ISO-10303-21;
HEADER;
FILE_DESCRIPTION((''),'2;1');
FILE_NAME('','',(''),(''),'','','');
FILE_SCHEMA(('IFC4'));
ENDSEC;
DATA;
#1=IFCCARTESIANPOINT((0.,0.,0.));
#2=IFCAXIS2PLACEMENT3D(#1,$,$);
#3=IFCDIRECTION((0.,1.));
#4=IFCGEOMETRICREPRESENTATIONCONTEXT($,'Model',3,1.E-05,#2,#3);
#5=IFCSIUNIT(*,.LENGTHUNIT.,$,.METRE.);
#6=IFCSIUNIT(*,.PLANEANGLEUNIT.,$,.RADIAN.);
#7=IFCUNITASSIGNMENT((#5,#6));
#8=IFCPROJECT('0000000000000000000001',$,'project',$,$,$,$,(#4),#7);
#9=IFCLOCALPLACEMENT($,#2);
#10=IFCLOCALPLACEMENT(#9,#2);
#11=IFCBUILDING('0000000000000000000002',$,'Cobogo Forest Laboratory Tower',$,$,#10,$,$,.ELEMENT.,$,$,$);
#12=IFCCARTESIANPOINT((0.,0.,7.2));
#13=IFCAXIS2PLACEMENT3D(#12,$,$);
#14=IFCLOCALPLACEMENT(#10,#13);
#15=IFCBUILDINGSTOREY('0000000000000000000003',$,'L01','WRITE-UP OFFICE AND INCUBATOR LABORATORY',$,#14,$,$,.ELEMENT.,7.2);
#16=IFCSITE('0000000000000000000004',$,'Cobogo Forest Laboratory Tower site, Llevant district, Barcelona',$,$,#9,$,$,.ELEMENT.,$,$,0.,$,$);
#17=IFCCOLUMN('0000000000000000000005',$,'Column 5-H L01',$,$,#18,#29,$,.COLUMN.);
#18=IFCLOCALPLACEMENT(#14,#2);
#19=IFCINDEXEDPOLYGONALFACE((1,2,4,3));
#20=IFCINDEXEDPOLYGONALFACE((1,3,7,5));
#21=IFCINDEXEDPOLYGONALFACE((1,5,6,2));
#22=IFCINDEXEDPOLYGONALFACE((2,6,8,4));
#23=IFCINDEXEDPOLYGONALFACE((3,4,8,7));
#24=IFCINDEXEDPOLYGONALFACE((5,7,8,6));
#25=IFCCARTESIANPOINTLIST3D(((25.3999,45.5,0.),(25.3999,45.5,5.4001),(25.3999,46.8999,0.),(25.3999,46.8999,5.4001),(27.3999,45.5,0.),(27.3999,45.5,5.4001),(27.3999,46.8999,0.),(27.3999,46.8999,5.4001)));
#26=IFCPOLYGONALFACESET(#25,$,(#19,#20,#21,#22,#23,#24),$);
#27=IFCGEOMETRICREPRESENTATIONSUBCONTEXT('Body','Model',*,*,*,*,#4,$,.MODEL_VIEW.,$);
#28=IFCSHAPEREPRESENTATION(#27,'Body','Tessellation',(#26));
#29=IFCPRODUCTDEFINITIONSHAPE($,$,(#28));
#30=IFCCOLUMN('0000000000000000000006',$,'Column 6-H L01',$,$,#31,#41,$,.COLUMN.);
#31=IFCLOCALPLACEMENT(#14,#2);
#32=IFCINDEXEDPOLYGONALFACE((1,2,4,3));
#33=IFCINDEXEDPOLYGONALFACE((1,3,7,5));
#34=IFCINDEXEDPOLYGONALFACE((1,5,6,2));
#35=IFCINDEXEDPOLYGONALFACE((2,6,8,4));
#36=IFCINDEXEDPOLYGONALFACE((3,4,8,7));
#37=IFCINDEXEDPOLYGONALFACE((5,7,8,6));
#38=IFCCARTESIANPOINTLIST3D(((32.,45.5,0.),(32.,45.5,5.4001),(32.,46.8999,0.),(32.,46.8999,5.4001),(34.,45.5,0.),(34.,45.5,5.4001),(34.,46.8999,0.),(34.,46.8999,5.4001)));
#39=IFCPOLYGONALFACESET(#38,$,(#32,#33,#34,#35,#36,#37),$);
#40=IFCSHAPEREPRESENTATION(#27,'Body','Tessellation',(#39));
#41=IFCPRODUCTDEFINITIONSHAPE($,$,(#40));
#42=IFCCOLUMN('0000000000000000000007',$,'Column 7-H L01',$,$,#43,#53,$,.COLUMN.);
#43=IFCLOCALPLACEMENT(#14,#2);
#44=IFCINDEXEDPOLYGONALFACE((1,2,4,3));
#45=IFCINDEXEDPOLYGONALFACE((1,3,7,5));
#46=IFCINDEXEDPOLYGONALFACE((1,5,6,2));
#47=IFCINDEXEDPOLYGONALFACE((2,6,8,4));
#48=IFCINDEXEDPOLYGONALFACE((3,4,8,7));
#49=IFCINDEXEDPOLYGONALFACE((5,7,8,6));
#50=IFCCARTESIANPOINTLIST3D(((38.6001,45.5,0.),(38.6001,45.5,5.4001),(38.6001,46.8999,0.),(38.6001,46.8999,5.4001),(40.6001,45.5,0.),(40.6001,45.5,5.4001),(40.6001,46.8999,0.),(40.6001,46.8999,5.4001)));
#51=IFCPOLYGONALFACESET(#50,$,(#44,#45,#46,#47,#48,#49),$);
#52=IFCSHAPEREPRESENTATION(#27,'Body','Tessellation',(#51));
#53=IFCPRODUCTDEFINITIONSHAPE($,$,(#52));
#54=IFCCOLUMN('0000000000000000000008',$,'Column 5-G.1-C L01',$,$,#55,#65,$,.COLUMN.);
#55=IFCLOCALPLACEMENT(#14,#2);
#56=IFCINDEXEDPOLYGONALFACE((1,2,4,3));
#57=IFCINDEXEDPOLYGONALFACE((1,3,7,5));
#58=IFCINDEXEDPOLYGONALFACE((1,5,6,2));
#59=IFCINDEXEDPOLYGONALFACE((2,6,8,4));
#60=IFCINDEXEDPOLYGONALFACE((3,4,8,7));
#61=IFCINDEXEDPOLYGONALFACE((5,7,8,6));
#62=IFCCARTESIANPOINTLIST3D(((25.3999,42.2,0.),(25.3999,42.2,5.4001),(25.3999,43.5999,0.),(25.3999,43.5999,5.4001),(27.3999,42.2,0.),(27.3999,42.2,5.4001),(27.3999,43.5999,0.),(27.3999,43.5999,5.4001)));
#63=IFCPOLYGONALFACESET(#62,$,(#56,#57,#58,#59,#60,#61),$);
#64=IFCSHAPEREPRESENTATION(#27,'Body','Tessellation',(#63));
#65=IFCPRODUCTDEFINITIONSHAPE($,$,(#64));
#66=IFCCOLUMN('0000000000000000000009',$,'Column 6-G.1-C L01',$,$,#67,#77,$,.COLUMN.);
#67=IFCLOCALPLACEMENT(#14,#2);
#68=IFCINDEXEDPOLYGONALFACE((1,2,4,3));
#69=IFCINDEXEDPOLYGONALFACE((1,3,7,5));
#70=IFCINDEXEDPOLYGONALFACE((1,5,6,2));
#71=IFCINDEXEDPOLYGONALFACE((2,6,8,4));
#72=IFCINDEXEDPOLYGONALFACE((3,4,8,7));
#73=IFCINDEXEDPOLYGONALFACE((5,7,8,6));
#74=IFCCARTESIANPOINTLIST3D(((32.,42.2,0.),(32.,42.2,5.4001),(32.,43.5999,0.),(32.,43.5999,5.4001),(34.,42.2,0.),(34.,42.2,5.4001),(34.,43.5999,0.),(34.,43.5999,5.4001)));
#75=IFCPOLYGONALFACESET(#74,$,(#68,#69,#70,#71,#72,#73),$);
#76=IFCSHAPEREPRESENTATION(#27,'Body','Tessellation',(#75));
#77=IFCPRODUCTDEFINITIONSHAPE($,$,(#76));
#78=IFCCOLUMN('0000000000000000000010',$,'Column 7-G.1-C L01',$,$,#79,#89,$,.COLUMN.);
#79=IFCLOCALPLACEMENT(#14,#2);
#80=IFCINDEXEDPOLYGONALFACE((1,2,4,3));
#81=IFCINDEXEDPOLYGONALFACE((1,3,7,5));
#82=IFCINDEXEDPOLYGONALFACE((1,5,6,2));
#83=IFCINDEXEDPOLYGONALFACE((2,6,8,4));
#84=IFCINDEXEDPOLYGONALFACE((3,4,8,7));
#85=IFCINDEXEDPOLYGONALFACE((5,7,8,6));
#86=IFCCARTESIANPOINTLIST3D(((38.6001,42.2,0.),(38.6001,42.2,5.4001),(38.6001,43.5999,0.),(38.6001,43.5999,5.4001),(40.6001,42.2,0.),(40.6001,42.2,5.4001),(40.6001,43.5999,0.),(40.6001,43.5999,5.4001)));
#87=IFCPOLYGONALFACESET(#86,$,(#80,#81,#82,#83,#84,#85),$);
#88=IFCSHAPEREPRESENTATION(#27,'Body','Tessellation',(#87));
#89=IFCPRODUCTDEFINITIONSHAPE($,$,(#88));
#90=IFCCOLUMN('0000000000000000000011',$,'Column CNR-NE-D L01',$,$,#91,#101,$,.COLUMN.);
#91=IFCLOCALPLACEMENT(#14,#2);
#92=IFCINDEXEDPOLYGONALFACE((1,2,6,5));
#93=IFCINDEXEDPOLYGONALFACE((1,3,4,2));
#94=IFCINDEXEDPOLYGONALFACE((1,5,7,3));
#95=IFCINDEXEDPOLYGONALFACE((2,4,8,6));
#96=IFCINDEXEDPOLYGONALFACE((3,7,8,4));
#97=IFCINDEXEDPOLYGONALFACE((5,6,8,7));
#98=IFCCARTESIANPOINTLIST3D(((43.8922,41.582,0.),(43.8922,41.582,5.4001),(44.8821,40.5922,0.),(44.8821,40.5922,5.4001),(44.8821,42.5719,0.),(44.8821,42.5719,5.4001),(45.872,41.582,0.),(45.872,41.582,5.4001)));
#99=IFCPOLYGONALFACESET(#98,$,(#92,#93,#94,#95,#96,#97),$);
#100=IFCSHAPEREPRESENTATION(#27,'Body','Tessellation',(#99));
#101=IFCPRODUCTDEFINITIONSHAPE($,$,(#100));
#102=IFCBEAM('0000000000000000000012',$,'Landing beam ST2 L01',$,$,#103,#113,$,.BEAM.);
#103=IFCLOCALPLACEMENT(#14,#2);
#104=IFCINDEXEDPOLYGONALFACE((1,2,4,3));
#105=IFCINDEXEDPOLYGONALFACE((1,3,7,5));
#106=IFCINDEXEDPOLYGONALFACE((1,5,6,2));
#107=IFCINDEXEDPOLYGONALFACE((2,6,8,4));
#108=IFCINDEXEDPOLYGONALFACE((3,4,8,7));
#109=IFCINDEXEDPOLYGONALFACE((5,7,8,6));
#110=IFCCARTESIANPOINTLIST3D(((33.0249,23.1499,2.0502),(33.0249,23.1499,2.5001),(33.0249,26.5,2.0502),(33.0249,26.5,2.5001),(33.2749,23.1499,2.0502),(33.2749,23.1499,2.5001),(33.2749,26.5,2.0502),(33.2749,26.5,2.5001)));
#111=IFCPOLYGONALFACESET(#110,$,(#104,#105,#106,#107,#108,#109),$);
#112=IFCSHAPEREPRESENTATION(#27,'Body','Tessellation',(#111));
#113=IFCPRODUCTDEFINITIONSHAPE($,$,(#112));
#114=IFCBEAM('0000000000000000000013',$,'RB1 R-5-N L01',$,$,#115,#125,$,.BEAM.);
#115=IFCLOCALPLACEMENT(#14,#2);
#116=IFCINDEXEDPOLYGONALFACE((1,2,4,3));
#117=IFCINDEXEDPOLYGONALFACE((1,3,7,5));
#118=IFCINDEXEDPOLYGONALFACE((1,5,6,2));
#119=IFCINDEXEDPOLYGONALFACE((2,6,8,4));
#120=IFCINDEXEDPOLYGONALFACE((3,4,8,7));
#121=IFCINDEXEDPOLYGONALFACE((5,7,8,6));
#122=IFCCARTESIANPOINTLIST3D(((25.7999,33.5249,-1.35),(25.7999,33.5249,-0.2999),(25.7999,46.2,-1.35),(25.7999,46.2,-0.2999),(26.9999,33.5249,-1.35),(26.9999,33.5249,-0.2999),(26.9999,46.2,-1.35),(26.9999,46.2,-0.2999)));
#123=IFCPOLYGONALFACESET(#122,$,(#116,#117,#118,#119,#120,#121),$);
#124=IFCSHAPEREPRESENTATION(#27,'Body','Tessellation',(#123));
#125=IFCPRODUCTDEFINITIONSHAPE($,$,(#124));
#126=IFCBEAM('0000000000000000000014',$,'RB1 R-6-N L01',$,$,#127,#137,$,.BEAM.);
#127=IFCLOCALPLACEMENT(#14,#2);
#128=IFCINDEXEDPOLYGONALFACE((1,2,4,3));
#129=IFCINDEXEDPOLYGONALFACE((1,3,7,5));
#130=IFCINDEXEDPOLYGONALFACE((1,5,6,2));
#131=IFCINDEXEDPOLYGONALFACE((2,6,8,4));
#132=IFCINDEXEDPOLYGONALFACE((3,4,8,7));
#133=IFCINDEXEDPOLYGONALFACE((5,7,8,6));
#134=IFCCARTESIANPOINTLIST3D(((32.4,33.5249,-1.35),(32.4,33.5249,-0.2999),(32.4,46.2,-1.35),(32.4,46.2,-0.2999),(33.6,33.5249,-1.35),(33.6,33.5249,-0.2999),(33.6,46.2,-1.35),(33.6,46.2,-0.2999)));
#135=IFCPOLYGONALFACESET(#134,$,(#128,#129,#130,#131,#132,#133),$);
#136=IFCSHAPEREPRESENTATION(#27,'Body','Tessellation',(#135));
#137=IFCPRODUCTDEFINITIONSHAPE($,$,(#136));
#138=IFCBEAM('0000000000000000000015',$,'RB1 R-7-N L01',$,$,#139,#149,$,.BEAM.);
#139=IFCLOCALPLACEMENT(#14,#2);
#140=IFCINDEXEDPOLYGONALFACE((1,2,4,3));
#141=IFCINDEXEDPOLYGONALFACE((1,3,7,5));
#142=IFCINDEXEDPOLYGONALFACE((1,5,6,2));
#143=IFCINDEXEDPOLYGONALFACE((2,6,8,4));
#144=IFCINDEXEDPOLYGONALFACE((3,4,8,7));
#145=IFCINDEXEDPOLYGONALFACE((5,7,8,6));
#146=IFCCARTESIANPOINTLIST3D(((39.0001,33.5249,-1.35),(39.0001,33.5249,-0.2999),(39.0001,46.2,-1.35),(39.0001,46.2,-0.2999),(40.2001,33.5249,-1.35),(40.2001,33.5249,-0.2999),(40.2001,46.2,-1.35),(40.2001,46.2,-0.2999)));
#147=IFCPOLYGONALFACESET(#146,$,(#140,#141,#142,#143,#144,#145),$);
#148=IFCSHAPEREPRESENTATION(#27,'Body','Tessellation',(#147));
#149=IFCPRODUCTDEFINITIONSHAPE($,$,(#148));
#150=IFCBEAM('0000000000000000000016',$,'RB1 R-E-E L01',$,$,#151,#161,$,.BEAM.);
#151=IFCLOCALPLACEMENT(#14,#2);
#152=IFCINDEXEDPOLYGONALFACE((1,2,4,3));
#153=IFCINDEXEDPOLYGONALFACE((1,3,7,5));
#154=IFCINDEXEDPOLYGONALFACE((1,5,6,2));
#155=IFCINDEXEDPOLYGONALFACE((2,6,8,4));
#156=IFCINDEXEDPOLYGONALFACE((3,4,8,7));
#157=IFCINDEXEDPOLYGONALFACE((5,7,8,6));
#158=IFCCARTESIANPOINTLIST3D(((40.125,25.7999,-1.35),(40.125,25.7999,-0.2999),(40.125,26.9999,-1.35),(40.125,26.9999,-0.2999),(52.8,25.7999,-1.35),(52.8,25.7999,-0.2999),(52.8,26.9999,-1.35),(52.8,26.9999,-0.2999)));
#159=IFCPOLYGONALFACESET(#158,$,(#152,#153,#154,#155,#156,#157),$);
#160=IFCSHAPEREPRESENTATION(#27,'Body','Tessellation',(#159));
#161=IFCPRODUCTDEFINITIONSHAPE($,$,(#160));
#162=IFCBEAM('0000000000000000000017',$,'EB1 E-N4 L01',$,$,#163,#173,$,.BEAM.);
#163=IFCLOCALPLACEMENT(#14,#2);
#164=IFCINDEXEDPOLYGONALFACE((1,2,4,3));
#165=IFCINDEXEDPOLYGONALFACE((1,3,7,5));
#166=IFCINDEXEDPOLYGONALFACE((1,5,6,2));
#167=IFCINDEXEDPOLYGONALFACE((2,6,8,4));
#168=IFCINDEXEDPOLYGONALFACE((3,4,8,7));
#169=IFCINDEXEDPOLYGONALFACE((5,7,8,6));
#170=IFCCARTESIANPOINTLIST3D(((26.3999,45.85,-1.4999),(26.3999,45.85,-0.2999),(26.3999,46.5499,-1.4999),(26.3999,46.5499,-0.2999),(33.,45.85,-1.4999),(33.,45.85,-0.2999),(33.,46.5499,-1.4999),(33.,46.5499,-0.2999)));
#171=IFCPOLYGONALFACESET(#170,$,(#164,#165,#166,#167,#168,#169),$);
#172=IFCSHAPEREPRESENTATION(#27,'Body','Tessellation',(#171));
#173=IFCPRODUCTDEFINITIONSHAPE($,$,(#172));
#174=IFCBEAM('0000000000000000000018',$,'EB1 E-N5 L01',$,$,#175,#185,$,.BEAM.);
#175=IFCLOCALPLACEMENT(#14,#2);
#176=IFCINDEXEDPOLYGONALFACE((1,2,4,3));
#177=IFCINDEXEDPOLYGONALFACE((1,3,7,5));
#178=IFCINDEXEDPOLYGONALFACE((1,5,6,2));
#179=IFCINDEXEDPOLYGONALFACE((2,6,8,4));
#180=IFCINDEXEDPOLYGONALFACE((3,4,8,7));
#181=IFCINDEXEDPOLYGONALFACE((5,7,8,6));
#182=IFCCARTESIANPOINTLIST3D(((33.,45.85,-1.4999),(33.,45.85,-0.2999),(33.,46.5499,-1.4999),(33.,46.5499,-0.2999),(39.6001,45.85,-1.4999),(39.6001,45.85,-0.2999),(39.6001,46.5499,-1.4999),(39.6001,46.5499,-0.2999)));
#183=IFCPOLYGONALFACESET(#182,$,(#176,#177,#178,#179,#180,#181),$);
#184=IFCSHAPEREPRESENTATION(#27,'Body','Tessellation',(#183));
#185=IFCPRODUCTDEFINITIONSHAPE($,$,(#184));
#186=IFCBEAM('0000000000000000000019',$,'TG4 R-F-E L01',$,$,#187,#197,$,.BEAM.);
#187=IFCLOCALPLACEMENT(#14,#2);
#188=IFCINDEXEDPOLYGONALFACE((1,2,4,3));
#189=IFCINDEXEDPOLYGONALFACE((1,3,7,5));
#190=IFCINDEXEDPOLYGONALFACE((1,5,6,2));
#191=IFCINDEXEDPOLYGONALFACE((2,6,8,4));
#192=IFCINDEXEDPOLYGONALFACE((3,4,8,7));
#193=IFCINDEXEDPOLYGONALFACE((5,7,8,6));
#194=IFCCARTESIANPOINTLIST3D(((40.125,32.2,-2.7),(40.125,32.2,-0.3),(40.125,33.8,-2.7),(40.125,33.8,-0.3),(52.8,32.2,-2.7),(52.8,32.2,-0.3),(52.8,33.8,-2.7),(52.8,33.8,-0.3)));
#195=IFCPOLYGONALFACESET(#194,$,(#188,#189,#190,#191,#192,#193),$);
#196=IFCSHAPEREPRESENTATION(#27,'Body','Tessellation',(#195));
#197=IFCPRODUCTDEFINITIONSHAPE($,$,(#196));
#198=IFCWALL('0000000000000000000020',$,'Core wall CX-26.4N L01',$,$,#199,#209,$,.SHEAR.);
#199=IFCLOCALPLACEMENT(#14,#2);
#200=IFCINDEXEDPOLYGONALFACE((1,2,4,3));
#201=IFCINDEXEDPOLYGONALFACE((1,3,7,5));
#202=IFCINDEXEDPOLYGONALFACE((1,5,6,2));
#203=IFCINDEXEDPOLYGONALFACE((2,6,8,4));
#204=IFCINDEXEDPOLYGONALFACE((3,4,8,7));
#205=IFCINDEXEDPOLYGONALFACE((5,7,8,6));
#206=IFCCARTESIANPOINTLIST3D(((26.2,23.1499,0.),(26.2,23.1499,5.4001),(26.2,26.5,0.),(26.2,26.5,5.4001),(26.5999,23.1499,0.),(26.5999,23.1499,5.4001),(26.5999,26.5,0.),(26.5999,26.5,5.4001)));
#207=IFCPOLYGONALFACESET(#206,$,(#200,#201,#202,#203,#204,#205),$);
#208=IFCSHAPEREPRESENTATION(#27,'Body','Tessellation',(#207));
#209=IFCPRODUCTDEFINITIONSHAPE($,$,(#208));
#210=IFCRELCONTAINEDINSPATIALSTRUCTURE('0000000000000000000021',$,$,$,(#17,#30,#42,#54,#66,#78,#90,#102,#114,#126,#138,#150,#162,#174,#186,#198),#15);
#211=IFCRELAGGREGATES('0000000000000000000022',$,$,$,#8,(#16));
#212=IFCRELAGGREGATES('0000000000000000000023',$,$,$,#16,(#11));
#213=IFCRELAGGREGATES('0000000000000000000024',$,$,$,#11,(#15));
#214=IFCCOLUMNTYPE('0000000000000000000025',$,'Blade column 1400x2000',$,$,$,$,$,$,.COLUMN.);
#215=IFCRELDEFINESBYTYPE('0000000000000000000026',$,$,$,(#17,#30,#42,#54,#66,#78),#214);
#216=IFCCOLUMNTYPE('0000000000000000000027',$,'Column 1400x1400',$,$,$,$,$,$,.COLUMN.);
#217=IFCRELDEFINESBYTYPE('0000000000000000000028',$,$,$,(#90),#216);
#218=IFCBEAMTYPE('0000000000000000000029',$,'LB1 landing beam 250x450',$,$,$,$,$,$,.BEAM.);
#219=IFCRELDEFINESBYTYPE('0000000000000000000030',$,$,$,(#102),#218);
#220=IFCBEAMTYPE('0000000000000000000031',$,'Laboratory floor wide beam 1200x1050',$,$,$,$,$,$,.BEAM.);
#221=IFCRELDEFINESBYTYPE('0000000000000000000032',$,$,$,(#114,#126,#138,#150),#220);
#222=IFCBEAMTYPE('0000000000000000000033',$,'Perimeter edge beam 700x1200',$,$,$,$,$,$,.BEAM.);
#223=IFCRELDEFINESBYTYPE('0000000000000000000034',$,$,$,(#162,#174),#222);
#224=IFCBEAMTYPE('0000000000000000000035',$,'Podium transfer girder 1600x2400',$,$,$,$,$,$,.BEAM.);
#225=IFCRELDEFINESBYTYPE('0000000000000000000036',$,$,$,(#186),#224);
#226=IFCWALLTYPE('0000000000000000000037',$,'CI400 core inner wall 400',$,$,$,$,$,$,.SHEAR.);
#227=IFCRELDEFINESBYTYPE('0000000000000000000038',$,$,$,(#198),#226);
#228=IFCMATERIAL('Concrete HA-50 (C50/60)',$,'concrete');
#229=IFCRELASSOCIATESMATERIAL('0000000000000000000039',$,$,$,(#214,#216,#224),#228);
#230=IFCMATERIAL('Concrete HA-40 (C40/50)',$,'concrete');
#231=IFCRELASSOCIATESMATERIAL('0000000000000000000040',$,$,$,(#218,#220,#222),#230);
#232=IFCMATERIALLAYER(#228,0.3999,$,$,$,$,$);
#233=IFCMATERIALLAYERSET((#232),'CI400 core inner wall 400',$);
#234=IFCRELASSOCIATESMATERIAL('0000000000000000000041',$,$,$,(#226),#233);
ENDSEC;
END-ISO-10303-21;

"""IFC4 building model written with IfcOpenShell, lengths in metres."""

from ifc_helpers import new_model, si_unit, direction, frame, frame_2d, origin, origin_2d, place, context, subcontext, project, spatial, rectangle, extrude, material, layer, layer_set, material_profile, profile_set, type_object, element, save


model = new_model("IFC4")

# Units and contexts
model_context = context("Model", 3, precision=1e-05, world=origin(), true_north=direction((0.0, 1.0)))
body_context = subcontext(model_context, "Body", "Model", "MODEL_VIEW")
ifc_project = project(units=[si_unit("LENGTHUNIT", "METRE"), si_unit("PLANEANGLEUNIT", "RADIAN")], contexts=[model_context])

# Site, building, storey
site_placement = place(None, origin())
site = spatial("IfcSite", under=ifc_project, at=site_placement, Name="Cobogo Forest Laboratory Tower site, Llevant district, Barcelona", CompositionType="ELEMENT", RefElevation=0.0)
building_placement = place(site_placement, origin())
building = spatial("IfcBuilding", under=site, at=building_placement, Name="Cobogo Forest Laboratory Tower", CompositionType="ELEMENT")
storey_placement = place(building_placement, frame((0.0, 0.0, 7.2)))
storey = spatial("IfcBuildingStorey", under=building, at=storey_placement, Name="L01", Description="WRITE-UP OFFICE AND INCUBATOR LABORATORY", CompositionType="ELEMENT", Elevation=7.2)

# Columns
ifc_material_1 = material(Name="Concrete HA-50 (C50/60)", Category="concrete")
ifc_material_profile_1 = material_profile(ifc_material_1, rectangle(XDim=2.0, YDim=1.3999, at=origin_2d()), Name="RC 1400x2000")
ifc_profile_set_1 = profile_set([ifc_material_profile_1], Name="Concrete HA-50 (C50/60)")
column_type_1 = type_object("IfcColumnType", Name="Blade column 1400x2000", PredefinedType="COLUMN", material=ifc_profile_set_1)
for number, where, z_axis, x_axis, name in (
    (1, (26.3999, 46.2, 0.0), (0.0, 0.0, 1.0), (1.0, 0.0, 0.0), "Column 5-H L01"),
    (2, (33.0, 46.2, 0.0), (0.0, 0.0, 1.0), (1.0, 0.0, 0.0), "Column 6-H L01"),
    (3, (39.6001, 46.2, 0.0), (0.0, 0.0, 1.0), (1.0, 0.0, 0.0), "Column 7-H L01"),
    (4, (26.3999, 42.8999, 0.0), (0.0, 0.0, 1.0), (1.0, 0.0, 0.0), "Column 5-G.1-C L01"),
    (5, (33.0, 42.8999, 0.0), (0.0, 0.0, 1.0), (1.0, 0.0, 0.0), "Column 6-G.1-C L01"),
    (6, (39.6001, 42.8999, 0.0), (0.0, 0.0, 1.0), (1.0, 0.0, 0.0), "Column 7-G.1-C L01"),
):
    element("IfcColumn", number, at=place(storey_placement, frame(where, z_axis=z_axis, x_axis=x_axis)), inside=storey, type_object=column_type_1, Name=name, PredefinedType="COLUMN", context=body_context, shape_type="SweptSolid", body=[
        extrude(rectangle(XDim=2.0, YDim=1.3999, at=origin_2d()), origin(), (0.0, 0.0, 1.0), 5.4001),
    ])
ifc_material_profile_2 = material_profile(ifc_material_1, rectangle(XDim=1.3999, YDim=1.3999, at=origin_2d()), Name="RC 1400x1400")
ifc_profile_set_2 = profile_set([ifc_material_profile_2], Name="Concrete HA-50 (C50/60)")
column_type_2 = type_object("IfcColumnType", Name="Column 1400x1400", PredefinedType="COLUMN", material=ifc_profile_set_2)
column_placement = place(storey_placement, frame((44.8821, 41.582, 0.0), z_axis=(0.0, 0.0, 1.0), x_axis=(0.707107, 0.707107, 0.0)))
element("IfcColumn", 7, at=column_placement, inside=storey, type_object=column_type_2, Name="Column CNR-NE-D L01", PredefinedType="COLUMN", context=body_context, shape_type="SweptSolid", body=[
    extrude(rectangle(XDim=1.3999, YDim=1.3999, at=origin_2d()), origin(), (0.0, 0.0, 1.0), 5.4001),
])

# Beams
ifc_material_2 = material(Name="Concrete HA-40 (C40/50)", Category="concrete")
ifc_material_profile_3 = material_profile(ifc_material_2, rectangle(XDim=0.25, YDim=0.45, at=origin_2d()), Name="RC 250x450")
ifc_profile_set_3 = profile_set([ifc_material_profile_3], Name="Concrete HA-40 (C40/50)")
beam_type_1 = type_object("IfcBeamType", Name="LB1 landing beam 250x450", PredefinedType="BEAM", material=ifc_profile_set_3)
beam_1_placement = place(storey_placement, frame((33.1499, 23.1499, 2.2751), z_axis=(0.0, 1.0, 0.0), x_axis=(-1.0, 0.0, 0.0)))
element("IfcBeam", 8, at=beam_1_placement, inside=storey, type_object=beam_type_1, Name="Landing beam ST2 L01", PredefinedType="BEAM", context=body_context, shape_type="SweptSolid", body=[
    extrude(rectangle(XDim=0.25, YDim=0.45, at=origin_2d()), origin(), (0.0, 0.0, 1.0), 3.3501),
])
ifc_material_profile_4 = material_profile(ifc_material_2, rectangle(XDim=1.2, YDim=1.05, at=origin_2d()), Name="RC 1200x1050")
ifc_profile_set_4 = profile_set([ifc_material_profile_4], Name="Concrete HA-40 (C40/50)")
beam_type_2 = type_object("IfcBeamType", Name="Laboratory floor wide beam 1200x1050", PredefinedType="BEAM", material=ifc_profile_set_4)
for number, where, z_axis, x_axis, name in (
    (9, (26.3999, 33.5249, -0.825), (0.0, 1.0, 0.0), (-1.0, 0.0, 0.0), "RB1 R-5-N L01"),
    (10, (33.0, 33.5249, -0.825), (0.0, 1.0, 0.0), (-1.0, 0.0, 0.0), "RB1 R-6-N L01"),
    (11, (39.6001, 33.5249, -0.825), (0.0, 1.0, 0.0), (-1.0, 0.0, 0.0), "RB1 R-7-N L01"),
    (12, (40.125, 26.3999, -0.825), (1.0, 0.0, 0.0), (0.0, 1.0, 0.0), "RB1 R-E-E L01"),
):
    element("IfcBeam", number, at=place(storey_placement, frame(where, z_axis=z_axis, x_axis=x_axis)), inside=storey, type_object=beam_type_2, Name=name, PredefinedType="BEAM", context=body_context, shape_type="SweptSolid", body=[
        extrude(rectangle(XDim=1.2, YDim=1.05, at=origin_2d()), origin(), (0.0, 0.0, 1.0), 12.675),
    ])
ifc_material_profile_5 = material_profile(ifc_material_2, rectangle(XDim=0.7, YDim=1.2, at=origin_2d()), Name="RC 700x1200")
ifc_profile_set_5 = profile_set([ifc_material_profile_5], Name="Concrete HA-40 (C40/50)")
beam_type_3 = type_object("IfcBeamType", Name="Perimeter edge beam 700x1200", PredefinedType="BEAM", material=ifc_profile_set_5)
for number, where, z_axis, x_axis, name in (
    (13, (26.3999, 46.2, -0.8999), (1.0, 0.0, 0.0), (0.0, 1.0, 0.0), "EB1 E-N4 L01"),
    (14, (33.0, 46.2, -0.8999), (1.0, 0.0, 0.0), (0.0, 1.0, 0.0), "EB1 E-N5 L01"),
):
    element("IfcBeam", number, at=place(storey_placement, frame(where, z_axis=z_axis, x_axis=x_axis)), inside=storey, type_object=beam_type_3, Name=name, PredefinedType="BEAM", context=body_context, shape_type="SweptSolid", body=[
        extrude(rectangle(XDim=0.7, YDim=1.2, at=origin_2d()), origin(), (0.0, 0.0, 1.0), 6.6001),
    ])
ifc_material_profile_6 = material_profile(ifc_material_1, rectangle(XDim=1.6001, YDim=2.3999, at=origin_2d()), Name="RC 1600x2400")
ifc_profile_set_6 = profile_set([ifc_material_profile_6], Name="Concrete HA-50 (C50/60)")
beam_type_4 = type_object("IfcBeamType", Name="Podium transfer girder 1600x2400", PredefinedType="BEAM", material=ifc_profile_set_6)
beam_2_placement = place(storey_placement, frame((40.125, 33.0, -1.5), z_axis=(1.0, 0.0, 0.0), x_axis=(0.0, 1.0, 0.0)))
element("IfcBeam", 15, at=beam_2_placement, inside=storey, type_object=beam_type_4, Name="TG4 R-F-E L01", PredefinedType="BEAM", context=body_context, shape_type="SweptSolid", body=[
    extrude(rectangle(XDim=1.6001, YDim=2.3999, at=origin_2d()), origin(), (0.0, 0.0, 1.0), 12.675),
])

# Wall
ifc_layer_1 = layer(ifc_material_1, 0.3999)
ifc_layer_set_1 = layer_set([ifc_layer_1], Name="CI400 core inner wall 400")
wall_type_1 = type_object("IfcWallType", Name="CI400 core inner wall 400", PredefinedType="SHEAR", material=ifc_layer_set_1)
for number, where, z_axis, x_axis, name in (
    (16, (26.3999, 23.1499, 0.0), (0.0, 0.0, 1.0), (0.0, 1.0, 0.0), "Core wall CX-26.4N L01"),
):
    element("IfcWall", number, at=place(storey_placement, frame(where, z_axis=z_axis, x_axis=x_axis)), inside=storey, type_object=wall_type_1, Name=name, PredefinedType="SHEAR", context=body_context, shape_type="SweptSolid", body=[
        extrude(rectangle(XDim=3.3501, YDim=0.3999, at=frame_2d((1.675, 0.0))), origin(), (0.0, 0.0, 1.0), 5.4001),
    ])

save(model, "model.ifc")
